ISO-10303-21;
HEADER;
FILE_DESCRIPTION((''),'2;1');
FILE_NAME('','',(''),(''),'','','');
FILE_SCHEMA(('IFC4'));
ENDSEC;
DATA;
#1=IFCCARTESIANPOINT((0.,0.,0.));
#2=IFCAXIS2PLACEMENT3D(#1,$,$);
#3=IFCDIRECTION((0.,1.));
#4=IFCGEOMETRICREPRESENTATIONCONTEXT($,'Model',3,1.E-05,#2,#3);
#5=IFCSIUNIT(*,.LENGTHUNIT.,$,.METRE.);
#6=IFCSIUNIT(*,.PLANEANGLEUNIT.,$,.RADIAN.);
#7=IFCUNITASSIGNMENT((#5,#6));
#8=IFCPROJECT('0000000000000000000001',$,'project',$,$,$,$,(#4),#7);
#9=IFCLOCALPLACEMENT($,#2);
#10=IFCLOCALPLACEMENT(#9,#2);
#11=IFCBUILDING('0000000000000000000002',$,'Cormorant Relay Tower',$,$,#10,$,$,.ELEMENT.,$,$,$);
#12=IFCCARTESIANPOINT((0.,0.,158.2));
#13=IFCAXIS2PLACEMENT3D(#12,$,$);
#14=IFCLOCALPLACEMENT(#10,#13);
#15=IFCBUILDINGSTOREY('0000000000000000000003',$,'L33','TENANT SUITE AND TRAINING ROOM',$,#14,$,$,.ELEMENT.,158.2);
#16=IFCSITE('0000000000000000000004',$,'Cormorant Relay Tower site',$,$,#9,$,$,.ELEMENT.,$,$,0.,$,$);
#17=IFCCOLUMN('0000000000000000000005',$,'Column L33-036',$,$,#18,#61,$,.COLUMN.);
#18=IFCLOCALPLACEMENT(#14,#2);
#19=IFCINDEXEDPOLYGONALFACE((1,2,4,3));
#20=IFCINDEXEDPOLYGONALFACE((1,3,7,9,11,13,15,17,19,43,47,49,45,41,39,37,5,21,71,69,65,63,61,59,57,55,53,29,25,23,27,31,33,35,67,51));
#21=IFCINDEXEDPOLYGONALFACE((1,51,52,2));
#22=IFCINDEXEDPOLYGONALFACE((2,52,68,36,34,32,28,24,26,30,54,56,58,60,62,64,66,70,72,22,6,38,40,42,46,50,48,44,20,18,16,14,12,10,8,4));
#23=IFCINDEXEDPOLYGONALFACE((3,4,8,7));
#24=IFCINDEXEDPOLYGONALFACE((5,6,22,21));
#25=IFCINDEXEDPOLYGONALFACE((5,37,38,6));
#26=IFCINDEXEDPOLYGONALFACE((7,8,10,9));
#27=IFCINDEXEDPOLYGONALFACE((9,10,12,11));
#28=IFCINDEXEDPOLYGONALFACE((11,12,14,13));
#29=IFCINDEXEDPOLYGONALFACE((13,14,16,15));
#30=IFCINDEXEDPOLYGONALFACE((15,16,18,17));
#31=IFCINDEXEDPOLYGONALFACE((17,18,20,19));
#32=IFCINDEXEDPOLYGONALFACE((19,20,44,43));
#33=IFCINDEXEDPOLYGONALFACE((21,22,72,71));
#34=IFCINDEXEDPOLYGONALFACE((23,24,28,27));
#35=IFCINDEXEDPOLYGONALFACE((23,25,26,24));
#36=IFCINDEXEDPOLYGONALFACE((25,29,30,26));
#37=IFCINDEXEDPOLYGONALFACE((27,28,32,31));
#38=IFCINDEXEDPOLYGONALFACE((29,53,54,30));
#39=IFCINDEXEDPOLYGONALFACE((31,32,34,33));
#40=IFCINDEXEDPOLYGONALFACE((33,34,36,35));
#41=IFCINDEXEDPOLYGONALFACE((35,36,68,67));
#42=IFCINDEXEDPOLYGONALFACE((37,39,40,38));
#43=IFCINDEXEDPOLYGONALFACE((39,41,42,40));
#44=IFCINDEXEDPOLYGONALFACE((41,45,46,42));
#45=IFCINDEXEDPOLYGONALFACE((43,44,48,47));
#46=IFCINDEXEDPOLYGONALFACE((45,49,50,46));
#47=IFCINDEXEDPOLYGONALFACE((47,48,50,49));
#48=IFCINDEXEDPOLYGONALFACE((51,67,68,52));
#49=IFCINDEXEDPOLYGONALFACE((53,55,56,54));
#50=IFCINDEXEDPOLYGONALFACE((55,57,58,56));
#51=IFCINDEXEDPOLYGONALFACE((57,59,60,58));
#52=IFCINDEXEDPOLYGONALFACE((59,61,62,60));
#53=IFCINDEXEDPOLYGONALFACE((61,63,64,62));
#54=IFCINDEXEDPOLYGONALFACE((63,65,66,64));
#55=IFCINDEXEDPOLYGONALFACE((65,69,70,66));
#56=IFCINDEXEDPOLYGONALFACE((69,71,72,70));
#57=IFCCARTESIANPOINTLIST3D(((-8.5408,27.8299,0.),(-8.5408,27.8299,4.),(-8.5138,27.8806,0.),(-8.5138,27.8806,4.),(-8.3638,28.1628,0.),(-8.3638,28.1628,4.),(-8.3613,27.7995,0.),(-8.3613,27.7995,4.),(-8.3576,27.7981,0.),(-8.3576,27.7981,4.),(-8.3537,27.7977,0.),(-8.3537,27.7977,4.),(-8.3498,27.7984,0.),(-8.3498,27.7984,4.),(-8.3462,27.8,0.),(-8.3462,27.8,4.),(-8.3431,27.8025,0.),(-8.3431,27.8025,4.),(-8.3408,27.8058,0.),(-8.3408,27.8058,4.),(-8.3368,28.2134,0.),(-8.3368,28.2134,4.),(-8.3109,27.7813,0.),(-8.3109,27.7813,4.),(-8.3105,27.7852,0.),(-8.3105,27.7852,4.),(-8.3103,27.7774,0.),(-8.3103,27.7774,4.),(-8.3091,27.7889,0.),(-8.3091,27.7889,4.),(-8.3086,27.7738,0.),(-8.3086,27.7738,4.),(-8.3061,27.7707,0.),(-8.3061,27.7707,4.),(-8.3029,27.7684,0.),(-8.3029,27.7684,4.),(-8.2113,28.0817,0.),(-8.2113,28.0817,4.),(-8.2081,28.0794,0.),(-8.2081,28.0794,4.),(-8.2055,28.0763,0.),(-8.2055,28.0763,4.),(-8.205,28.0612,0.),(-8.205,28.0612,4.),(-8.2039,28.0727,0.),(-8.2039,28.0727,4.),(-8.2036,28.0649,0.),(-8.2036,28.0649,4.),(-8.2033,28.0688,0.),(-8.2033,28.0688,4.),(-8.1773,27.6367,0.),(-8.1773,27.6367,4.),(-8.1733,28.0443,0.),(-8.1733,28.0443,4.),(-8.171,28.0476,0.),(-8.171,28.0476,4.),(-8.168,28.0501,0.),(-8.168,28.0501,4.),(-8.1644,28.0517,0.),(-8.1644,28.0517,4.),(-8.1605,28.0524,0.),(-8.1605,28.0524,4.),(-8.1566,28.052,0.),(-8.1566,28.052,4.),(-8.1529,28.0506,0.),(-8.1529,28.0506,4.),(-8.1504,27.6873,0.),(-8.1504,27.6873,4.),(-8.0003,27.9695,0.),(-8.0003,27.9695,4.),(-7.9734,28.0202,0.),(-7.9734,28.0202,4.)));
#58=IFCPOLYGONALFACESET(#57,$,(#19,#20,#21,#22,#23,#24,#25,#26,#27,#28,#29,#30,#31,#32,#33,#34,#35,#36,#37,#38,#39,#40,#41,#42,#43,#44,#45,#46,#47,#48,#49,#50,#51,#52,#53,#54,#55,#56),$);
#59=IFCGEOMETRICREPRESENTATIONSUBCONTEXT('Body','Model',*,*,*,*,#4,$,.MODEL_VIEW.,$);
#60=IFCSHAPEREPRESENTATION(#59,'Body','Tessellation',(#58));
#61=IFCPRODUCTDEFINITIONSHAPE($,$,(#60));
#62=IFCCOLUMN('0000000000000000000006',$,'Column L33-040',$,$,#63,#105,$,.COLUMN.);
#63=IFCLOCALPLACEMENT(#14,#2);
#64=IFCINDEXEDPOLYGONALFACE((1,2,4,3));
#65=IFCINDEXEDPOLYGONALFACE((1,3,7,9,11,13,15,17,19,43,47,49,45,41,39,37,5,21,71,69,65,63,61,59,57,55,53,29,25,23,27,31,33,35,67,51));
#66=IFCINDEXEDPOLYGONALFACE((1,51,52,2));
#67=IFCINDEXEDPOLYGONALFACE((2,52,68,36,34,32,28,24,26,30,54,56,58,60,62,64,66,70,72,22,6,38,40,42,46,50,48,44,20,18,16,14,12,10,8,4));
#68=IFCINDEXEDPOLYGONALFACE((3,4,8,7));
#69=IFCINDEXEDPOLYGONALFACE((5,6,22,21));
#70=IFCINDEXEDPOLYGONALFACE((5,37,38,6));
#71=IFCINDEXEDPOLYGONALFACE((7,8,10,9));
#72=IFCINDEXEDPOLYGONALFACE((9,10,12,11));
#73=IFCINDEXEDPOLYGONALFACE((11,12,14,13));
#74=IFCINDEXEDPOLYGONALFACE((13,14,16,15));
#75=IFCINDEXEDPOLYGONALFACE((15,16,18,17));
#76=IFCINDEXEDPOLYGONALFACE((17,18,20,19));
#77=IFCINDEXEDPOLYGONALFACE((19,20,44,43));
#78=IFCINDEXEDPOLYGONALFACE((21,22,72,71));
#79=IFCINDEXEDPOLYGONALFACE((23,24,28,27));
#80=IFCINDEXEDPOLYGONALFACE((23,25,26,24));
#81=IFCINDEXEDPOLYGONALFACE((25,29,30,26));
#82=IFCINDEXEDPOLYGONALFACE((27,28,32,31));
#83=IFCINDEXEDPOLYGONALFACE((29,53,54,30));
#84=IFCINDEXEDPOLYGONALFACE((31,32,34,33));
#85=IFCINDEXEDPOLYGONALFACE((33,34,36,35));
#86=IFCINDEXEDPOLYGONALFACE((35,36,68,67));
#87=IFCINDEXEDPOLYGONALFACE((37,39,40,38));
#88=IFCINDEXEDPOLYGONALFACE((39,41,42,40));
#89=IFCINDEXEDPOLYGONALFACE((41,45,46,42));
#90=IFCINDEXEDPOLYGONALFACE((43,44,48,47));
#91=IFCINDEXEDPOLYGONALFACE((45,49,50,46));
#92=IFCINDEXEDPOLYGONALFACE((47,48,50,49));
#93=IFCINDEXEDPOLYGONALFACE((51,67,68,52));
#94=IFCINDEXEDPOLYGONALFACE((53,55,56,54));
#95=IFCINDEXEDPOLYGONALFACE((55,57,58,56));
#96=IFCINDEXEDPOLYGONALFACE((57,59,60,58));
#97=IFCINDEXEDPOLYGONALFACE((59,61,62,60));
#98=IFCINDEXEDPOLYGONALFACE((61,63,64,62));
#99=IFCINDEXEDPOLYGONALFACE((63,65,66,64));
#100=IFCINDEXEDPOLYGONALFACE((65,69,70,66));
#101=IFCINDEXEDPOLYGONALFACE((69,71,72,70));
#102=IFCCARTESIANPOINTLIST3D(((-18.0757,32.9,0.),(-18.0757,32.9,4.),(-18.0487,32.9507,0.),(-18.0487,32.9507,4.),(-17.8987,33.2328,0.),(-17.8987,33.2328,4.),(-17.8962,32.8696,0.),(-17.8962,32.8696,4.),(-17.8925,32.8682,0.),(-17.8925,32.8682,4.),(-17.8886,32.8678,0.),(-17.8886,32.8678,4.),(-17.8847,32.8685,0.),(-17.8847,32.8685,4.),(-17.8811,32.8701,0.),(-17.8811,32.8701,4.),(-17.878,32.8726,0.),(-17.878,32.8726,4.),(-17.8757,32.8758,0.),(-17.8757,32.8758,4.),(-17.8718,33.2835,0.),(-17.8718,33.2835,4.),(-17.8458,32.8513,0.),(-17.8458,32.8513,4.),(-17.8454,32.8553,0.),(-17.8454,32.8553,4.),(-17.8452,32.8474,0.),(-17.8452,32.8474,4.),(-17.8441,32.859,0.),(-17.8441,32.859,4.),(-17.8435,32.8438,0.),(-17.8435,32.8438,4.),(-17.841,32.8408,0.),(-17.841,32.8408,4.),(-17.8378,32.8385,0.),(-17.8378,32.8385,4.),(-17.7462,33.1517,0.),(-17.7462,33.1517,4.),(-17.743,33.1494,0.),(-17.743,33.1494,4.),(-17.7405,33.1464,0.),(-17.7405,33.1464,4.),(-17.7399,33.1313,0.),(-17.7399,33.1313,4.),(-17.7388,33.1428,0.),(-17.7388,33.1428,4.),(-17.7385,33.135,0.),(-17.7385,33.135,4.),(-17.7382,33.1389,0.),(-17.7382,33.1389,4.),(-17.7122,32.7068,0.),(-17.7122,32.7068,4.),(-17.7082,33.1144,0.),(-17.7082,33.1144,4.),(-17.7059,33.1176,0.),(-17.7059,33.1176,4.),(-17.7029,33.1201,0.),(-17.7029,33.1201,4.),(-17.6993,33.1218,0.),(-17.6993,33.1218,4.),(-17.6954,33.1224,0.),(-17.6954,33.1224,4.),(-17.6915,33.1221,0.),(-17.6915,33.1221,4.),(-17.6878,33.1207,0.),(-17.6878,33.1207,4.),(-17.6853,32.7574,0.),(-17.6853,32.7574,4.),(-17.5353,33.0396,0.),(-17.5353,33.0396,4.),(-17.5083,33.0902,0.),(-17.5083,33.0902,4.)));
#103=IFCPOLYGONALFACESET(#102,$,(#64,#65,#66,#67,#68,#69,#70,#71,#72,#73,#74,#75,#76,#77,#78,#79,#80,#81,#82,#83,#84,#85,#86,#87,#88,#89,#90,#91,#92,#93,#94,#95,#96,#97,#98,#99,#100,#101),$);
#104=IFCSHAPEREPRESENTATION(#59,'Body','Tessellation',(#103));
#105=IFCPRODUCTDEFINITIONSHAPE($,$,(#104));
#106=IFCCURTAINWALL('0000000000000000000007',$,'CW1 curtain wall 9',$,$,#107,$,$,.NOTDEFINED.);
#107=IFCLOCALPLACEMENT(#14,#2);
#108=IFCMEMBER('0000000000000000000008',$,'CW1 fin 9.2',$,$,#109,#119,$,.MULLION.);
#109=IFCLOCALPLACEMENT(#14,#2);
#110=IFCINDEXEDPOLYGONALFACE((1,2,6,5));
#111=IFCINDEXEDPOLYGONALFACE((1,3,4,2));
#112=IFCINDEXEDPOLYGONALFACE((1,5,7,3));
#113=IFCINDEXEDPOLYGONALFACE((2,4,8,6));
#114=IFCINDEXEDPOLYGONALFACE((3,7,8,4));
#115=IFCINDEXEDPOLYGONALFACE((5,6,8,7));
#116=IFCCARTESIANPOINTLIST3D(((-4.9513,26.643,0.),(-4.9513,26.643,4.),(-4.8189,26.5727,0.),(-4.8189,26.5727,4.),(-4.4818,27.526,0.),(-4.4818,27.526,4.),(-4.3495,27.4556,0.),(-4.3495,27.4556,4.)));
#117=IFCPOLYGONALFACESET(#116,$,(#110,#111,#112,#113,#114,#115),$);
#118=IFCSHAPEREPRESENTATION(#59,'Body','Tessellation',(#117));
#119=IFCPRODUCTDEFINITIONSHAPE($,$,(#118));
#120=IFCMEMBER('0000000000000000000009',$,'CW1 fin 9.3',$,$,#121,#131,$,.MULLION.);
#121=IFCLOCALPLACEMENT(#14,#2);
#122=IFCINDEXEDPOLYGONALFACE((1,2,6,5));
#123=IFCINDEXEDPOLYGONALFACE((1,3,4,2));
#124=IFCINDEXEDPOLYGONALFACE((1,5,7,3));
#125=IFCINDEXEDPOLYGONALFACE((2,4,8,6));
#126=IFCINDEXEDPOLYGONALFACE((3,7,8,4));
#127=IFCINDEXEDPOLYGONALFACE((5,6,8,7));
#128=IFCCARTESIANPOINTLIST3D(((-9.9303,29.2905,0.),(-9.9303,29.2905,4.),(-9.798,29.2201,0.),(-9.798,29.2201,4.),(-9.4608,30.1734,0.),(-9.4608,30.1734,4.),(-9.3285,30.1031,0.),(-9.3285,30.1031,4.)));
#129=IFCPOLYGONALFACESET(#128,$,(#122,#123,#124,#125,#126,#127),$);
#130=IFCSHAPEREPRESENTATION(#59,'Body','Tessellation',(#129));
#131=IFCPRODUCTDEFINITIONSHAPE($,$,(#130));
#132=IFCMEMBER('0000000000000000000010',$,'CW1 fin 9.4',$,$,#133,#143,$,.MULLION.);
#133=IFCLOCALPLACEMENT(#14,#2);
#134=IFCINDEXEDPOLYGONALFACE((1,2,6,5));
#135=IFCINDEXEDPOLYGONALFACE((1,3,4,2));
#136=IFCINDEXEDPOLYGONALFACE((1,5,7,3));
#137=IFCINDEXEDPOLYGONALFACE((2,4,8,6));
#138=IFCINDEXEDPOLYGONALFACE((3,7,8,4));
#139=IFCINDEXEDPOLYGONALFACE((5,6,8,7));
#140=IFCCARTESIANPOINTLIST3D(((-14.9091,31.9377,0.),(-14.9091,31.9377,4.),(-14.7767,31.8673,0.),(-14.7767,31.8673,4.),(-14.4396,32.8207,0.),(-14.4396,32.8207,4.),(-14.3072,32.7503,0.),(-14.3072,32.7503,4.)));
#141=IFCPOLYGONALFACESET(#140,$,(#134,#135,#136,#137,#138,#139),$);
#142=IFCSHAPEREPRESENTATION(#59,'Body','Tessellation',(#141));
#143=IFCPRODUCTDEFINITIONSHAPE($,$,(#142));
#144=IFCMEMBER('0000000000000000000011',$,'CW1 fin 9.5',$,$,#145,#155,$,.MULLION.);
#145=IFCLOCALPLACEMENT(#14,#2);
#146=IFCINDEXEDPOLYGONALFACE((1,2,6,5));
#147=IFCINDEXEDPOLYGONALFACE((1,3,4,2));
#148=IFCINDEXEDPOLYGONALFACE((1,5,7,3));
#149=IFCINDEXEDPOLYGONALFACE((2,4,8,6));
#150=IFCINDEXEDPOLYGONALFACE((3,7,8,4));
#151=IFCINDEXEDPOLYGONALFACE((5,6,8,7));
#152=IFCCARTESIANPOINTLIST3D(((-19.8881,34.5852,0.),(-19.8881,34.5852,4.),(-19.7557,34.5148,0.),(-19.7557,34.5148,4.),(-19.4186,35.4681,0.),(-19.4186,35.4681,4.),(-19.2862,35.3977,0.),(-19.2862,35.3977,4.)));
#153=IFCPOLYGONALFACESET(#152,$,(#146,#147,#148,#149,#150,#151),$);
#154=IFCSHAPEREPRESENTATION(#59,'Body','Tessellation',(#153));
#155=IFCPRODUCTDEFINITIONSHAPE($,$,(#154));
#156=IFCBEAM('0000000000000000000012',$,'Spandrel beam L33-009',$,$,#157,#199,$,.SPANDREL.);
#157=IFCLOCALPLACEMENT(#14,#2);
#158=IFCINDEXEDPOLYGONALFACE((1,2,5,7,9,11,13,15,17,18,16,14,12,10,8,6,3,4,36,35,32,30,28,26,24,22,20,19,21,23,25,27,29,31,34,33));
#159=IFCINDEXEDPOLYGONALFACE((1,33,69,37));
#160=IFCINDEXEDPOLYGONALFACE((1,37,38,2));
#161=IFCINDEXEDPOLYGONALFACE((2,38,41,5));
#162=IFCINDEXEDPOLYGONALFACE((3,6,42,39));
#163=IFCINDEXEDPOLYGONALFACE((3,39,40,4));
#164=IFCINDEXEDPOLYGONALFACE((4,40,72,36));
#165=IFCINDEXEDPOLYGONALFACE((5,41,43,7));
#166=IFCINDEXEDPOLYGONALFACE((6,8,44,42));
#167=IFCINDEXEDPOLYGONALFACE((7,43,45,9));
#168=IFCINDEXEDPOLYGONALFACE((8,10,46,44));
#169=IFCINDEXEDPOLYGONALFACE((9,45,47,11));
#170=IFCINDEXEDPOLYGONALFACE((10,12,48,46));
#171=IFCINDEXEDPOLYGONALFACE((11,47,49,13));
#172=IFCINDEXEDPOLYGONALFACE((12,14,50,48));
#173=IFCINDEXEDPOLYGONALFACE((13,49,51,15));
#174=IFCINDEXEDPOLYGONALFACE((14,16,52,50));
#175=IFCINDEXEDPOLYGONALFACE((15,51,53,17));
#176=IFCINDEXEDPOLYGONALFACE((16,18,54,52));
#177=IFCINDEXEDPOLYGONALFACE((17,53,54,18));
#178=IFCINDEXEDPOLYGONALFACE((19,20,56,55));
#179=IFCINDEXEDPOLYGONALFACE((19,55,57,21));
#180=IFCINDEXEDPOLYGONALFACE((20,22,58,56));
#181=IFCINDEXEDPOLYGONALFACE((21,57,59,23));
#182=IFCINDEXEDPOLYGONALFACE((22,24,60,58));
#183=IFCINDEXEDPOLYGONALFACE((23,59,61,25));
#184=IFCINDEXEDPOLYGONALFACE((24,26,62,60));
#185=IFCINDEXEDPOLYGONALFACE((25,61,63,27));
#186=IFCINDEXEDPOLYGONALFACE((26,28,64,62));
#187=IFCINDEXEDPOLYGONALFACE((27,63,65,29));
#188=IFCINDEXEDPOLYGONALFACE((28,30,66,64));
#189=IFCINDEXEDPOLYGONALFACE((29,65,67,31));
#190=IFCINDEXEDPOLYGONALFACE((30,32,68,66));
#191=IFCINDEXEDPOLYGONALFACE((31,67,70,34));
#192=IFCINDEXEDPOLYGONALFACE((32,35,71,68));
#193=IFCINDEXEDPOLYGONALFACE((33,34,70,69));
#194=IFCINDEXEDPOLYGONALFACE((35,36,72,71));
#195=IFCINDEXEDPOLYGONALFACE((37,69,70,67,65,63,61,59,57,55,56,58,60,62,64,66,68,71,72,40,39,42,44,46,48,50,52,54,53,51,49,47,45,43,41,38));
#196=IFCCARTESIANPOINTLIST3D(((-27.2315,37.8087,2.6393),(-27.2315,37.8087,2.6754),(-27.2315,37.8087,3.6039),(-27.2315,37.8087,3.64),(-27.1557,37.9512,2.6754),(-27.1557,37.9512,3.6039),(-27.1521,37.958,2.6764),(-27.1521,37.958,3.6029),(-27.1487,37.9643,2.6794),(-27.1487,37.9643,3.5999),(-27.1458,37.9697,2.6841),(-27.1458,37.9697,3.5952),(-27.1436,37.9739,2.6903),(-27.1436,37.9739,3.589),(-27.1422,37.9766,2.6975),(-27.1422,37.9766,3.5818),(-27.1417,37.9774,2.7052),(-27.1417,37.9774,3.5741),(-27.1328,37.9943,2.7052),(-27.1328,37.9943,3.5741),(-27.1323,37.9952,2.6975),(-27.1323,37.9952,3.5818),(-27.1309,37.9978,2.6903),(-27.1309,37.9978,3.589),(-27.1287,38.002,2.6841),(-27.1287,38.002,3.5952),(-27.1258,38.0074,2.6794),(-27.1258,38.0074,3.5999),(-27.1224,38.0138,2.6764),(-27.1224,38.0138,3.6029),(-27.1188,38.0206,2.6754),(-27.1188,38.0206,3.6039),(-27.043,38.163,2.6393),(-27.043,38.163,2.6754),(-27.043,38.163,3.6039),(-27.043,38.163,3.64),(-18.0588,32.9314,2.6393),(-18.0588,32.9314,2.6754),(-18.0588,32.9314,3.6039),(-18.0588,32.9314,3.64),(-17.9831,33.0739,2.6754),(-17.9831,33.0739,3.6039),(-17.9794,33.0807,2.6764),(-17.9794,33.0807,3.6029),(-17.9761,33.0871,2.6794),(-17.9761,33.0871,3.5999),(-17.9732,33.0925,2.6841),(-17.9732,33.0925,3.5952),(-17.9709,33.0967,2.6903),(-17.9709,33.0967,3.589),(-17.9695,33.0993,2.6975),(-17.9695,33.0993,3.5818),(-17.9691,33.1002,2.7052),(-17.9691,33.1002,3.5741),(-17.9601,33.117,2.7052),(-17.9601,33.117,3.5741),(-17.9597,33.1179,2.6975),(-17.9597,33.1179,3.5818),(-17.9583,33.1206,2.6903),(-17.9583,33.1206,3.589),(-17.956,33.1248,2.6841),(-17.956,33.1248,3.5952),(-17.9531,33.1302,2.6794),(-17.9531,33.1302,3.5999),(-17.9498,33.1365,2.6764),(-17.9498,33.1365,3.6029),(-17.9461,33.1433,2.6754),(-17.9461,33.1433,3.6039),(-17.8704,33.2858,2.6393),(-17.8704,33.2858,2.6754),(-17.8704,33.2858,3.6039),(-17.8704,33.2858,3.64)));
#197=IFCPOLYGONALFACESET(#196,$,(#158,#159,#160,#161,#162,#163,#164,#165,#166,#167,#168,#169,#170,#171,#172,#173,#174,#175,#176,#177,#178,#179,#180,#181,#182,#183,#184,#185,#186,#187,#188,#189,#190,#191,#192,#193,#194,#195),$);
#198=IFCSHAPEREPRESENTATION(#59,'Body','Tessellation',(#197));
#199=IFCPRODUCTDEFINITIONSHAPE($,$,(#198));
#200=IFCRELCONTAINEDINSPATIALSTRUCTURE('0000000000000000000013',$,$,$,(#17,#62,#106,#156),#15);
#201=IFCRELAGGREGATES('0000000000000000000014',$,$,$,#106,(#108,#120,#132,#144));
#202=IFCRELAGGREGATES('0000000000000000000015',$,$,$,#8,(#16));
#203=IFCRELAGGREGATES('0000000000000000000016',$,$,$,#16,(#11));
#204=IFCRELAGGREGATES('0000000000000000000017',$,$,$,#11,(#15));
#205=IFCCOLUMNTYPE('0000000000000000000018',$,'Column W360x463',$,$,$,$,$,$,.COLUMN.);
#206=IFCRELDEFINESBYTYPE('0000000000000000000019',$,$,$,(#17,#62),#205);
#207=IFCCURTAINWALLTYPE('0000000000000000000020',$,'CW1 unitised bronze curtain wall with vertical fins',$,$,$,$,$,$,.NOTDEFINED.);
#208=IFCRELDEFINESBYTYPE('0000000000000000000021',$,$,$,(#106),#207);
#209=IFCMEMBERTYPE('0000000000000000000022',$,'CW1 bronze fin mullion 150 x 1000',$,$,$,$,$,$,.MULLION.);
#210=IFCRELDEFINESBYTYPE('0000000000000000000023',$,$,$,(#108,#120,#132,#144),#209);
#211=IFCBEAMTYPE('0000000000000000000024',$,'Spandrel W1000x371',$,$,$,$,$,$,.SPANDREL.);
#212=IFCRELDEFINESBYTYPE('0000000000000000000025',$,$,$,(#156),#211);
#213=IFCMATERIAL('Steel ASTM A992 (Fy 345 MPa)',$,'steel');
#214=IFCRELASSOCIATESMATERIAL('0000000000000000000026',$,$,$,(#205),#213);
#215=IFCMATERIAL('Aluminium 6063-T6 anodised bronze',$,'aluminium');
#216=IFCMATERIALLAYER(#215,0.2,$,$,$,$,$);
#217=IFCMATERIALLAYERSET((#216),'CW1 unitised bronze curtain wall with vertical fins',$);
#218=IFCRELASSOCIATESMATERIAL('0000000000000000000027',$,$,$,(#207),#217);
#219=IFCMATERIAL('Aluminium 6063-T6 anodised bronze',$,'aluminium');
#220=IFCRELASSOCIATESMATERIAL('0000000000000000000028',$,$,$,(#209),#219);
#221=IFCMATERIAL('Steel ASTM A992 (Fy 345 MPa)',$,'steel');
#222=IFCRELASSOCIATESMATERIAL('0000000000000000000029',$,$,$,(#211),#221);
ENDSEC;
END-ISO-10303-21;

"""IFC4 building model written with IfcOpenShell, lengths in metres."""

from ifc_helpers import new_model, si_unit, direction, frame, origin, origin_2d, place, context, subcontext, project, spatial, rectangle, i_section, extrude, material, layer, layer_set, material_profile, profile_set, type_object, element, aggregate, save


model = new_model("IFC4")

# Units and contexts
model_context = context("Model", 3, precision=1e-05, world=origin(), true_north=direction((0.0, 1.0)))
body_context = subcontext(model_context, "Body", "Model", "MODEL_VIEW")
ifc_project = project(units=[si_unit("LENGTHUNIT", "METRE"), si_unit("PLANEANGLEUNIT", "RADIAN")], contexts=[model_context])

# Site, building, storey
site_placement = place(None, origin())
site = spatial("IfcSite", under=ifc_project, at=site_placement, Name="Cormorant Relay Tower site", CompositionType="ELEMENT", RefElevation=0.0)
building_placement = place(site_placement, origin())
building = spatial("IfcBuilding", under=site, at=building_placement, Name="Cormorant Relay Tower", CompositionType="ELEMENT")
storey_placement = place(building_placement, frame((0.0, 0.0, 158.2)))
storey = spatial("IfcBuildingStorey", under=building, at=storey_placement, Name="L33", Description="TENANT SUITE AND TRAINING ROOM", CompositionType="ELEMENT", Elevation=158.2)

# Columns
ifc_material_1 = material(Name="Steel ASTM A992 (Fy 345 MPa)", Category="steel")
ifc_material_profile_1 = material_profile(ifc_material_1, i_section(OverallWidth=0.4116, OverallDepth=0.4343, WebThickness=0.0359, FlangeThickness=0.0574, FilletRadius=0.0151, at=origin_2d()), Name="W360x463")
ifc_profile_set_1 = profile_set([ifc_material_profile_1], Name="Steel ASTM A992 (Fy 345 MPa)")
column_type = type_object("IfcColumnType", Name="Column W360x463", PredefinedType="COLUMN", material=ifc_profile_set_1)
for number, where, z_axis, x_axis, name in (
    (1, (-8.2571, 27.925, 0.0), (0.0, 0.0, 1.0), (-0.882948, 0.469472, 0.0), "Column L33-036"),
    (2, (-17.792, 32.9951, 0.0), (0.0, 0.0, 1.0), (-0.882948, 0.469472, 0.0), "Column L33-040"),
):
    element("IfcColumn", number, at=place(storey_placement, frame(where, z_axis=z_axis, x_axis=x_axis)), inside=storey, type_object=column_type, Name=name, PredefinedType="COLUMN", context=body_context, shape_type="SweptSolid", body=[
        extrude(i_section(OverallWidth=0.4116, OverallDepth=0.4343, WebThickness=0.0359, FlangeThickness=0.0574, FilletRadius=0.0151, at=origin_2d()), origin(), (0.0, 0.0, 1.0), 4.0),
    ])

# Curtain wall, members
ifc_material_2 = material(Name="Aluminium 6063-T6 anodised bronze", Category="aluminium")
ifc_layer_1 = layer(ifc_material_2, 0.2)
ifc_layer_set_1 = layer_set([ifc_layer_1], Name="CW1 unitised bronze curtain wall with vertical fins")
curtain_wall_type = type_object("IfcCurtainWallType", Name="CW1 unitised bronze curtain wall with vertical fins", PredefinedType="NOTDEFINED", material=ifc_layer_set_1)
curtain_wall_placement = place(storey_placement, origin())
curtain_wall = element("IfcCurtainWall", 3, at=curtain_wall_placement, inside=storey, type_object=curtain_wall_type, Name="CW1 curtain wall 9", PredefinedType="NOTDEFINED")
ifc_material_3 = material(Name="Aluminium 6063-T6 anodised bronze", Category="aluminium")
ifc_material_profile_2 = material_profile(ifc_material_3, rectangle(XDim=0.1499, YDim=1.0, at=origin_2d()), Name="AL 150x1000")
ifc_profile_set_2 = profile_set([ifc_material_profile_2], Name="Aluminium 6063-T6 anodised bronze")
member_type = type_object("IfcMemberType", Name="CW1 bronze fin mullion 150 x 1000", PredefinedType="MULLION", material=ifc_profile_set_2)
member_1_placement = place(storey_placement, frame((-4.6504, 27.0493, 0.0), z_axis=(0.0, 0.0, 1.0), x_axis=(-0.882948, 0.469472, 0.0)))
member_1 = element("IfcMember", 4, at=member_1_placement, type_object=member_type, Name="CW1 fin 9.2", PredefinedType="MULLION", context=body_context, shape_type="SweptSolid", body=[
    extrude(rectangle(XDim=0.1499, YDim=1.0, at=origin_2d()), origin(), (0.0, 0.0, 1.0), 4.0),
])
member_2_placement = place(storey_placement, frame((-9.6294, 29.6968, 0.0), z_axis=(0.0, 0.0, 1.0), x_axis=(-0.882948, 0.469472, 0.0)))
member_2 = element("IfcMember", 5, at=member_2_placement, type_object=member_type, Name="CW1 fin 9.3", PredefinedType="MULLION", context=body_context, shape_type="SweptSolid", body=[
    extrude(rectangle(XDim=0.1499, YDim=1.0, at=origin_2d()), origin(), (0.0, 0.0, 1.0), 4.0),
])
member_3_placement = place(storey_placement, frame((-14.6082, 32.344, 0.0), z_axis=(0.0, 0.0, 1.0), x_axis=(-0.882948, 0.469472, 0.0)))
member_3 = element("IfcMember", 6, at=member_3_placement, type_object=member_type, Name="CW1 fin 9.4", PredefinedType="MULLION", context=body_context, shape_type="SweptSolid", body=[
    extrude(rectangle(XDim=0.1499, YDim=1.0, at=origin_2d()), origin(), (0.0, 0.0, 1.0), 4.0),
])
member_4_placement = place(storey_placement, frame((-19.5872, 34.9915, 0.0), z_axis=(0.0, 0.0, 1.0), x_axis=(-0.882948, 0.469472, 0.0)))
member_4 = element("IfcMember", 7, at=member_4_placement, type_object=member_type, Name="CW1 fin 9.5", PredefinedType="MULLION", context=body_context, shape_type="SweptSolid", body=[
    extrude(rectangle(XDim=0.1499, YDim=1.0, at=origin_2d()), origin(), (0.0, 0.0, 1.0), 4.0),
])

# Beam
ifc_material_4 = material(Name="Steel ASTM A992 (Fy 345 MPa)", Category="steel")
ifc_material_profile_3 = material_profile(ifc_material_4, i_section(OverallWidth=0.4014, OverallDepth=1.0007, WebThickness=0.019, FlangeThickness=0.0361, FilletRadius=0.0298, at=origin_2d()), Name="W1000x371")
ifc_profile_set_3 = profile_set([ifc_material_profile_3], Name="Steel ASTM A992 (Fy 345 MPa)")
beam_type_1 = type_object("IfcBeamType", Name="Spandrel W1000x371", PredefinedType="SPANDREL", material=ifc_profile_set_3)
beam_1_placement = place(storey_placement, frame((-17.9646, 33.1086, 3.1396), z_axis=(-0.882946, 0.469474, 0.0), x_axis=(-0.469474, -0.882946, 0.0)))
element("IfcBeam", 8, at=beam_1_placement, inside=storey, type_object=beam_type_1, Name="Spandrel beam L33-009", PredefinedType="SPANDREL", context=body_context, shape_type="SweptSolid", body=[
    extrude(i_section(OverallWidth=0.4014, OverallDepth=1.0007, WebThickness=0.019, FlangeThickness=0.0361, FilletRadius=0.0298, at=origin_2d()), origin(), (0.0, 0.0, 1.0), 10.3887),
])

aggregate(curtain_wall, [member_1, member_2, member_3, member_4])

save(model, "model.ifc")
